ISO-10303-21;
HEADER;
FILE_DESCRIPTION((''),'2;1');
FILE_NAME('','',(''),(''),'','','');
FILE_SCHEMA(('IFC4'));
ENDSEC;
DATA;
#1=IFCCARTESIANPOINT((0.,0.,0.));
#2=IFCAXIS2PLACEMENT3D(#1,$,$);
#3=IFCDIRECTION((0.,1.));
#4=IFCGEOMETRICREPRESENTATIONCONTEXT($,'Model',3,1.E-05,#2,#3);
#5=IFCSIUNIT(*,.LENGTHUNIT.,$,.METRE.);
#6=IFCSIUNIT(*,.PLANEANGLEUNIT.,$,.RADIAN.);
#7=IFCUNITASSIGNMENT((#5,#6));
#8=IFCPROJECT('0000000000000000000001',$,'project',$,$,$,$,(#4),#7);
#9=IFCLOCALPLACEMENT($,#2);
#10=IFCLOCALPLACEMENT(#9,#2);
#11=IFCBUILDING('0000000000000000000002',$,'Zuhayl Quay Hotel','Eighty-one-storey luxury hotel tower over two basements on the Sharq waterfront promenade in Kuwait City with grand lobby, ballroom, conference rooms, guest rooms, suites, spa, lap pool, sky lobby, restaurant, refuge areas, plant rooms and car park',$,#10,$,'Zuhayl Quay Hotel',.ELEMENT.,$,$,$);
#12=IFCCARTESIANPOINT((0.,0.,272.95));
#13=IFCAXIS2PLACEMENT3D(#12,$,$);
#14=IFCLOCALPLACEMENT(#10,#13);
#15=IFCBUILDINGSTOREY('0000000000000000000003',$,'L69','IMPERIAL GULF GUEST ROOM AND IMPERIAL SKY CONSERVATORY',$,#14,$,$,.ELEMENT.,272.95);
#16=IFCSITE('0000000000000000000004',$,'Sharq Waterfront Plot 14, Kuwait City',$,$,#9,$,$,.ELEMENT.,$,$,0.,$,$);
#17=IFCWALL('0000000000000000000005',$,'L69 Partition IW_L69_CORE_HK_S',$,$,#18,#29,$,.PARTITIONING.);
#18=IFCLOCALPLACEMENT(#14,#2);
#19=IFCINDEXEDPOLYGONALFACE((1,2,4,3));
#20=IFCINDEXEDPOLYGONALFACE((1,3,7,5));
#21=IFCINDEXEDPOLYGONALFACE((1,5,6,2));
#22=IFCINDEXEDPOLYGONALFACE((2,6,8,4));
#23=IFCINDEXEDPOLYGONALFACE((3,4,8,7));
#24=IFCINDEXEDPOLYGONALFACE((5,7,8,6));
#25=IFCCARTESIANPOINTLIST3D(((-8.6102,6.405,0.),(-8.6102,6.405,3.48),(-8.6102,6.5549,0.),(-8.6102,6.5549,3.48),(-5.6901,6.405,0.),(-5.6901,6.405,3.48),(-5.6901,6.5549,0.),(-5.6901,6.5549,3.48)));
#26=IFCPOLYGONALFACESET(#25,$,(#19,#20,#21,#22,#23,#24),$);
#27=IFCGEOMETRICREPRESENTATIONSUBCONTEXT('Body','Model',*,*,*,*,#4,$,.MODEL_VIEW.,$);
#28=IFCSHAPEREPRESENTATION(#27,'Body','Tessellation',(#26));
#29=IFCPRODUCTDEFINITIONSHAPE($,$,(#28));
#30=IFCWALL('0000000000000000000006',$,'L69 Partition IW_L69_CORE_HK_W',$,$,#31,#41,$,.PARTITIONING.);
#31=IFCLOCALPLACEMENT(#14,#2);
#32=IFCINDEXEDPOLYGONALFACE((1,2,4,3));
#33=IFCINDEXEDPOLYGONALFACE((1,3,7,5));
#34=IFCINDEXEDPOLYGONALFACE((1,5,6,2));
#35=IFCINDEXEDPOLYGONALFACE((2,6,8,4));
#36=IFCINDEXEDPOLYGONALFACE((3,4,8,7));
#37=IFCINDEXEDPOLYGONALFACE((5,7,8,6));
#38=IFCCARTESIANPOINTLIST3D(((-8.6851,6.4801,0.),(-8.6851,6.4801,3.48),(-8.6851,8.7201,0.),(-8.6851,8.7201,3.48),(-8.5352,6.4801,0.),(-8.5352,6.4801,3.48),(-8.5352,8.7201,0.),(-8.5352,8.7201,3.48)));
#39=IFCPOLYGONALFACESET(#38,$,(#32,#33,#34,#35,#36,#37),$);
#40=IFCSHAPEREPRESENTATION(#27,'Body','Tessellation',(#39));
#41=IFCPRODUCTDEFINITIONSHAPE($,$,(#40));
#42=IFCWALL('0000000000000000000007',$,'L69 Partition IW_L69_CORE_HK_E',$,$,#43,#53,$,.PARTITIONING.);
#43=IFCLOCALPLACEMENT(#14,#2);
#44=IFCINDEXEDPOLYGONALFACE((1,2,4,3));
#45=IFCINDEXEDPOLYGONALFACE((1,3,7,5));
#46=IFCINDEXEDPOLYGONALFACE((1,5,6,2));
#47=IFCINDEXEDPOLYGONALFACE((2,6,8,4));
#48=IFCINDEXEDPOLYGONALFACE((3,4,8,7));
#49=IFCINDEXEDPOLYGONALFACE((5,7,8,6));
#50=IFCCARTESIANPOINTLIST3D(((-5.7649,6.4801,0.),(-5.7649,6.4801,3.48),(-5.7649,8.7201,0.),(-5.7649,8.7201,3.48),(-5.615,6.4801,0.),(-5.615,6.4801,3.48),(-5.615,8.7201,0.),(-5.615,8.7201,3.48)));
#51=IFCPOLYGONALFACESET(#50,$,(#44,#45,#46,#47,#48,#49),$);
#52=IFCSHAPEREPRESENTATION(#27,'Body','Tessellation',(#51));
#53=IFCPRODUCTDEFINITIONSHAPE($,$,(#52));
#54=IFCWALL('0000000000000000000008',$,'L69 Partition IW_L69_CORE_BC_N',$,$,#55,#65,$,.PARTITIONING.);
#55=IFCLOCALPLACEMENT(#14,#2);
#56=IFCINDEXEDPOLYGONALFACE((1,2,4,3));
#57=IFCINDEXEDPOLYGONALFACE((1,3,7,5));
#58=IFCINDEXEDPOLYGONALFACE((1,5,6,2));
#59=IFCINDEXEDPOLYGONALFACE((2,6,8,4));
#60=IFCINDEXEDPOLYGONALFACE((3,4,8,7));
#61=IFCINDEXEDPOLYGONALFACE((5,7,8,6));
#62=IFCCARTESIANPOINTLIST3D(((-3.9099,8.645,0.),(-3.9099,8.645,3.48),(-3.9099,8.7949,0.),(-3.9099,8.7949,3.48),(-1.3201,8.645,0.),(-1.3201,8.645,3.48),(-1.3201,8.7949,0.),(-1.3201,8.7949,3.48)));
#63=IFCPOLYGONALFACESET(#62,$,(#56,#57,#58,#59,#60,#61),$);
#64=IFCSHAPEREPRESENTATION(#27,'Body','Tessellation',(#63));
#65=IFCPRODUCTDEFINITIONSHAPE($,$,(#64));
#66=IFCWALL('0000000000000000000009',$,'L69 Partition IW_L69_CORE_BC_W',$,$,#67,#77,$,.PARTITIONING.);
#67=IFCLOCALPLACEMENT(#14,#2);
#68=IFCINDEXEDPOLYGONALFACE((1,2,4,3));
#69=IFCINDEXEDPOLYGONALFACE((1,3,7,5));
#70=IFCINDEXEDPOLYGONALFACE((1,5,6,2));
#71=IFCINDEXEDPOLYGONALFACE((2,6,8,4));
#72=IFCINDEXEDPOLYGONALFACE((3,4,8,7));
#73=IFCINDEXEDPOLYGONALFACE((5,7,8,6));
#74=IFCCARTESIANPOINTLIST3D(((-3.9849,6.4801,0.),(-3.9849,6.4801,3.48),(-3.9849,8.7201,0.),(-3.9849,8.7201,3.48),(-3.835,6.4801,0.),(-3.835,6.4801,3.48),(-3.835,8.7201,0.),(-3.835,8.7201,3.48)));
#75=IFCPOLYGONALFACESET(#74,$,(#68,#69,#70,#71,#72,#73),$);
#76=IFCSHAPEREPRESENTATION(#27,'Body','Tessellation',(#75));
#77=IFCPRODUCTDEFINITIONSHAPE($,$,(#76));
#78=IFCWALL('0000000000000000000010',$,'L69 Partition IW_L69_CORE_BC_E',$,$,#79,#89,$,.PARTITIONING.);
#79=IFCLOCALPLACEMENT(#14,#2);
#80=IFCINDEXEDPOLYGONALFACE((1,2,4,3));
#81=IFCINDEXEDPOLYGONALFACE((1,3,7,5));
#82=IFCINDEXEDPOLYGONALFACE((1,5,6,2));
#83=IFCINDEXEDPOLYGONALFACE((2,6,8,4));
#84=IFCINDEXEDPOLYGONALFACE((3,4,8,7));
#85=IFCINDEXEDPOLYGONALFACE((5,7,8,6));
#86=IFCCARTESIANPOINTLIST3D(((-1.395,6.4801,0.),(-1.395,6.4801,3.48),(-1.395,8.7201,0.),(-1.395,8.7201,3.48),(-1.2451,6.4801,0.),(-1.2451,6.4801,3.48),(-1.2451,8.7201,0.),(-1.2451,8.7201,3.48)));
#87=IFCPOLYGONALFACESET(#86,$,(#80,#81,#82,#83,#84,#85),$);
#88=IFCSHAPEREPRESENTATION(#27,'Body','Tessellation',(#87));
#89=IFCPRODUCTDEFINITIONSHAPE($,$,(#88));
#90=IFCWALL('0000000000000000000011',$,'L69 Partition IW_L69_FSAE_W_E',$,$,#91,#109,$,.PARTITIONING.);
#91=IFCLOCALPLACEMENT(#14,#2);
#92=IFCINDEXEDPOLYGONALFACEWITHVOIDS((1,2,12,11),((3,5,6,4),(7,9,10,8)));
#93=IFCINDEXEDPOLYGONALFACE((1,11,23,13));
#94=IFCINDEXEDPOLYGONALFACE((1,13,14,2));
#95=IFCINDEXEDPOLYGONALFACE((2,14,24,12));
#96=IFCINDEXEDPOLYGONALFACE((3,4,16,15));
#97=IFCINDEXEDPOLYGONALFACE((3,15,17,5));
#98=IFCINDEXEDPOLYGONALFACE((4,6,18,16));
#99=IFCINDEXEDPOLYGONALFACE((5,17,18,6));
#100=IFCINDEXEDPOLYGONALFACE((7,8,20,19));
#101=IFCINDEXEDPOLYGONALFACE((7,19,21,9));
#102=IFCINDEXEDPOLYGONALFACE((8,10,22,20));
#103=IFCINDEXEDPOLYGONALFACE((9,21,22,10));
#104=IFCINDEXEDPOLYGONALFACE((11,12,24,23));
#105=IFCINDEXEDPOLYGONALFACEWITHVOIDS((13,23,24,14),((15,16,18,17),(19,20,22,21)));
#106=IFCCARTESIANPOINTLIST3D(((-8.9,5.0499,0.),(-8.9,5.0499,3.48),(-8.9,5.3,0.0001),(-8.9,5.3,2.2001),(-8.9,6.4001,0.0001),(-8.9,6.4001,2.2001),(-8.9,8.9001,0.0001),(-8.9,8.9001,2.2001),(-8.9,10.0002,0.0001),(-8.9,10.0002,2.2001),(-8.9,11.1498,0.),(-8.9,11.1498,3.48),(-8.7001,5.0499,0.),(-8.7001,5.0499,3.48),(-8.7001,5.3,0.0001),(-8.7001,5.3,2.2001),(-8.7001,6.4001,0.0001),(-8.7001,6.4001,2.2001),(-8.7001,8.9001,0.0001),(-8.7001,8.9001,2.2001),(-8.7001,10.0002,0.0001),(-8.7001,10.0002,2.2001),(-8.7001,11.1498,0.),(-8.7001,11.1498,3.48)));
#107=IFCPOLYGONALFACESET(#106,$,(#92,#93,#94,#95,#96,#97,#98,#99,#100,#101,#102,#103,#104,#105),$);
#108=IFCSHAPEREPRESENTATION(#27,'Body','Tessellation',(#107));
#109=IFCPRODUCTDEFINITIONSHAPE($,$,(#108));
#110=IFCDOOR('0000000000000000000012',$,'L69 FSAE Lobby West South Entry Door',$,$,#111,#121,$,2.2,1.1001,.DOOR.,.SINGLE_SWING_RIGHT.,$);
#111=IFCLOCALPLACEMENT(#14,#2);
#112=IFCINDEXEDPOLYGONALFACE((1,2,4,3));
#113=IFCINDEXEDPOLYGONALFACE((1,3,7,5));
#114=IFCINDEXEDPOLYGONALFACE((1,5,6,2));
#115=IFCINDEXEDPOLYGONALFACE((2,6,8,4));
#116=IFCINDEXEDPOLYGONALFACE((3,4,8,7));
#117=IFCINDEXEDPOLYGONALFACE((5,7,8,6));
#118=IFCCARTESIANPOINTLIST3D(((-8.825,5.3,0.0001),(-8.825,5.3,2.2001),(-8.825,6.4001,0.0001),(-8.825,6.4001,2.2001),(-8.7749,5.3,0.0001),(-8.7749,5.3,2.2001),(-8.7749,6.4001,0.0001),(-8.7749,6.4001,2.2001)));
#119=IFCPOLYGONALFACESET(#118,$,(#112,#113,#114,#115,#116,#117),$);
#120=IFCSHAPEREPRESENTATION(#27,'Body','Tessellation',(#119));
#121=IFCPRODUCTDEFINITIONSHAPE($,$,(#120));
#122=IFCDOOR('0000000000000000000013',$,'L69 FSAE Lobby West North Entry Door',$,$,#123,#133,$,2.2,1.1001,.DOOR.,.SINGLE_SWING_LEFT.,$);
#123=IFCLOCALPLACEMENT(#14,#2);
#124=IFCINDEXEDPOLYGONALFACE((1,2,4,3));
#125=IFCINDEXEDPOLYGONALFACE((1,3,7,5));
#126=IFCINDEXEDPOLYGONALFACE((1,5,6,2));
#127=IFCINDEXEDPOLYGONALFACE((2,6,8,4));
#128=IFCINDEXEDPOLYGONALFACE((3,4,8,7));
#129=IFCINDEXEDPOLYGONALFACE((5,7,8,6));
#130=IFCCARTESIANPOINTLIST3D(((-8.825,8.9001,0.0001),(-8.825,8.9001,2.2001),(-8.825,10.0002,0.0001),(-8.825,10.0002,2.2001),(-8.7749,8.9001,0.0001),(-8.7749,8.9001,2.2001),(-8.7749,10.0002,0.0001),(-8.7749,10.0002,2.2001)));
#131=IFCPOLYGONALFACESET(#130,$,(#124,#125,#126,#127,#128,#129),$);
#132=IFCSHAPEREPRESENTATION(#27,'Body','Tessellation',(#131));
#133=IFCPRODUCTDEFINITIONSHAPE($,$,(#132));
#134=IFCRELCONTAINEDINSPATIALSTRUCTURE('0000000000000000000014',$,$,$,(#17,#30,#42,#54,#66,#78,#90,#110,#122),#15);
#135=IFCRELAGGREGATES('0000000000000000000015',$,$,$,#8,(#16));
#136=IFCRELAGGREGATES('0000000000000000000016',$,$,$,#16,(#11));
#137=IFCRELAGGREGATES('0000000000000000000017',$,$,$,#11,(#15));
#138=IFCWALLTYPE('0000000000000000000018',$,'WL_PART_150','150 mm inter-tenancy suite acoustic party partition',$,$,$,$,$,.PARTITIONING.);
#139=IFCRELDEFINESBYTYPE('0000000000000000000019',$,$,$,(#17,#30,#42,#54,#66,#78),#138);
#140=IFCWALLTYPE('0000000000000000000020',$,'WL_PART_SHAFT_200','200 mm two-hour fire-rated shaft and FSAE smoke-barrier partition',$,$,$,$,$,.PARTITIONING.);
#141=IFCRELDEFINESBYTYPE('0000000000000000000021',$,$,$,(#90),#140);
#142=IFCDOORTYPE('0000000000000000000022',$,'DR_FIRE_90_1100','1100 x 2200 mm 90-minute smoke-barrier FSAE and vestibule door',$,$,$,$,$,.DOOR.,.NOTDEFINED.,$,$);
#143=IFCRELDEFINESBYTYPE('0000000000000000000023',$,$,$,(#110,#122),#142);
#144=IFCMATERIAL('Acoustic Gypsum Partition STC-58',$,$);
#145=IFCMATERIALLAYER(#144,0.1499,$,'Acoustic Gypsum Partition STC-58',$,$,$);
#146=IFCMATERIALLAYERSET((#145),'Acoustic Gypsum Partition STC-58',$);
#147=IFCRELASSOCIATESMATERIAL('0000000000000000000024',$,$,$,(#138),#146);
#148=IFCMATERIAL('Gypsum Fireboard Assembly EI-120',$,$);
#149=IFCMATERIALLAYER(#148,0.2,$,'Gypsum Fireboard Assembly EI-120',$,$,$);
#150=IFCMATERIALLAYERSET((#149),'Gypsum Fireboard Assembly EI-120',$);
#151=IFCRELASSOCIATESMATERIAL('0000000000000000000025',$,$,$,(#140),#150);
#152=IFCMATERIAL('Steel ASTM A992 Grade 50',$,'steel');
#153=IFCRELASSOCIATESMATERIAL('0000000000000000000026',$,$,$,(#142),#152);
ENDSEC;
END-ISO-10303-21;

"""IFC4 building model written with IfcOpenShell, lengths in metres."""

from ifc_helpers import new_model, si_unit, direction, frame, frame_2d, origin, place, context, subcontext, project, spatial, rectangle, extrude, material, layer, layer_set, type_object, element, fill, save


model = new_model("IFC4")

# Units and contexts
model_context = context("Model", 3, precision=1e-05, world=origin(), true_north=direction((0.0, 1.0)))
body_context = subcontext(model_context, "Body", "Model", "MODEL_VIEW")
ifc_project = project(units=[si_unit("LENGTHUNIT", "METRE"), si_unit("PLANEANGLEUNIT", "RADIAN")], contexts=[model_context])

# Site, building, storey
site_placement = place(None, origin())
site = spatial("IfcSite", under=ifc_project, at=site_placement, Name="Sharq Waterfront Plot 14, Kuwait City", CompositionType="ELEMENT", RefElevation=0.0)
building_placement = place(site_placement, origin())
building = spatial("IfcBuilding", under=site, at=building_placement, Name="Zuhayl Quay Hotel", Description="Eighty-one-storey luxury hotel tower over two basements on the Sharq waterfront promenade in Kuwait City with grand lobby, ballroom, conference rooms, guest rooms, suites, spa, lap pool, sky lobby, restaurant, refuge areas, plant rooms and car park", LongName="Zuhayl Quay Hotel", CompositionType="ELEMENT")
storey_placement = place(building_placement, frame((0.0, 0.0, 272.95)))
storey = spatial("IfcBuildingStorey", under=building, at=storey_placement, Name="L69", Description="IMPERIAL GULF GUEST ROOM AND IMPERIAL SKY CONSERVATORY", CompositionType="ELEMENT", Elevation=272.95)

# Shared definitions
ifc_material_1 = material(Name="Acoustic Gypsum Partition STC-58")
ifc_layer_1 = layer(ifc_material_1, 0.1499, Name="Acoustic Gypsum Partition STC-58")
ifc_layer_set_1 = layer_set([ifc_layer_1], Name="Acoustic Gypsum Partition STC-58")
wall_type_1 = type_object("IfcWallType", Name="WL_PART_150", Description="150 mm inter-tenancy suite acoustic party partition", PredefinedType="PARTITIONING", material=ifc_layer_set_1)
ifc_material_2 = material(Name="Steel ASTM A992 Grade 50", Category="steel")

# Walls
wall_1_placement = place(storey_placement, frame((-8.6101, 6.48, 0.0), z_axis=(0.0, 0.0, 1.0), x_axis=(1.0, 0.0, 0.0)))
element("IfcWall", 1, at=wall_1_placement, inside=storey, type_object=wall_type_1, Name="L69 Partition IW_L69_CORE_HK_S", PredefinedType="PARTITIONING", context=body_context, shape_type="SweptSolid", body=[
    extrude(rectangle(XDim=2.9202, YDim=0.1499, at=frame_2d((1.46, 0.0))), origin(), (0.0, 0.0, 1.0), 3.48),
])
for number, where, z_axis, x_axis, name in (
    (2, (-8.6101, 6.48, 0.0), (0.0, 0.0, 1.0), (0.0, 1.0, 0.0), "L69 Partition IW_L69_CORE_HK_W"),
    (3, (-5.6899, 6.48, 0.0), (0.0, 0.0, 1.0), (0.0, 1.0, 0.0), "L69 Partition IW_L69_CORE_HK_E"),
):
    element("IfcWall", number, at=place(storey_placement, frame(where, z_axis=z_axis, x_axis=x_axis)), inside=storey, type_object=wall_type_1, Name=name, PredefinedType="PARTITIONING", context=body_context, shape_type="SweptSolid", body=[
        extrude(rectangle(XDim=2.24, YDim=0.1499, at=frame_2d((1.1201, 0.0))), origin(), (0.0, 0.0, 1.0), 3.48),
    ])
wall_2_placement = place(storey_placement, frame((-3.9099, 8.72, 0.0), z_axis=(0.0, 0.0, 1.0), x_axis=(1.0, 0.0, 0.0)))
element("IfcWall", 4, at=wall_2_placement, inside=storey, type_object=wall_type_1, Name="L69 Partition IW_L69_CORE_BC_N", PredefinedType="PARTITIONING", context=body_context, shape_type="SweptSolid", body=[
    extrude(rectangle(XDim=2.5898, YDim=0.1499, at=frame_2d((1.2949, 0.0))), origin(), (0.0, 0.0, 1.0), 3.48),
])
for number, where, z_axis, x_axis, name in (
    (5, (-3.9099, 6.48, 0.0), (0.0, 0.0, 1.0), (0.0, 1.0, 0.0), "L69 Partition IW_L69_CORE_BC_W"),
    (6, (-1.3201, 6.48, 0.0), (0.0, 0.0, 1.0), (0.0, 1.0, 0.0), "L69 Partition IW_L69_CORE_BC_E"),
):
    element("IfcWall", number, at=place(storey_placement, frame(where, z_axis=z_axis, x_axis=x_axis)), inside=storey, type_object=wall_type_1, Name=name, PredefinedType="PARTITIONING", context=body_context, shape_type="SweptSolid", body=[
        extrude(rectangle(XDim=2.24, YDim=0.1499, at=frame_2d((1.1201, 0.0))), origin(), (0.0, 0.0, 1.0), 3.48),
    ])

# Wall, openings, doors
ifc_material_3 = material(Name="Gypsum Fireboard Assembly EI-120")
ifc_layer_2 = layer(ifc_material_3, 0.2, Name="Gypsum Fireboard Assembly EI-120")
ifc_layer_set_2 = layer_set([ifc_layer_2], Name="Gypsum Fireboard Assembly EI-120")
wall_type_2 = type_object("IfcWallType", Name="WL_PART_SHAFT_200", Description="200 mm two-hour fire-rated shaft and FSAE smoke-barrier partition", PredefinedType="PARTITIONING", material=ifc_layer_set_2)
wall_3_placement = place(storey_placement, frame((-8.8, 5.05, 0.0), z_axis=(0.0, 0.0, 1.0), x_axis=(0.0, 1.0, 0.0)))
wall_3 = element("IfcWall", 7, at=wall_3_placement, inside=storey, type_object=wall_type_2, Name="L69 Partition IW_L69_FSAE_W_E", PredefinedType="PARTITIONING", context=body_context, shape_type="SweptSolid", body=[
    extrude(rectangle(XDim=6.0999, YDim=0.2, at=frame_2d((3.0498, 0.0))), origin(), (0.0, 0.0, 1.0), 3.48),
])
opening_1_placement = place(wall_3_placement, frame((0.25, 0.0, 0.0)))
opening_1 = element("IfcOpeningElement", 8, at=opening_1_placement, cuts=wall_3, PredefinedType="OPENING", context=body_context, shape_type="SweptSolid", body=[
    extrude(rectangle(XDim=1.1001, YDim=2.2, at=frame_2d((0.55, 1.1001))), frame((0.0, 0.1099, 0.0), z_axis=(0.0, -1.0, 0.0), x_axis=(1.0, 0.0, 0.0)), (0.0, 0.0, 1.0), 0.22),
])
opening_2_placement = place(wall_3_placement, frame((3.8501, 0.0, 0.0)))
opening_2 = element("IfcOpeningElement", 9, at=opening_2_placement, cuts=wall_3, PredefinedType="OPENING", context=body_context, shape_type="SweptSolid", body=[
    extrude(rectangle(XDim=1.1001, YDim=2.2, at=frame_2d((0.55, 1.1001))), frame((0.0, 0.1099, 0.0), z_axis=(0.0, -1.0, 0.0), x_axis=(1.0, 0.0, 0.0)), (0.0, 0.0, 1.0), 0.22),
])
door_type_1 = type_object("IfcDoorType", Name="DR_FIRE_90_1100", Description="1100 x 2200 mm 90-minute smoke-barrier FSAE and vestibule door", OperationType="NOTDEFINED", PredefinedType="DOOR", material=ifc_material_2)
door_1_placement = place(opening_1_placement, origin())
door_1 = element("IfcDoor", 10, at=door_1_placement, inside=storey, type_object=door_type_1, Name="L69 FSAE Lobby West South Entry Door", OperationType="SINGLE_SWING_RIGHT", OverallHeight=2.2, OverallWidth=1.1001, PredefinedType="DOOR", context=body_context, shape_type="SweptSolid", body=[
    extrude(rectangle(XDim=1.1001, YDim=2.2, at=frame_2d((0.55, 1.1001))), frame((0.0, 0.0249, 0.0), z_axis=(0.0, -1.0, 0.0), x_axis=(1.0, 0.0, 0.0)), (0.0, 0.0, 1.0), 0.05),
])
fill(opening_1, door_1)
door_2_placement = place(opening_2_placement, origin())
door_2 = element("IfcDoor", 11, at=door_2_placement, inside=storey, type_object=door_type_1, Name="L69 FSAE Lobby West North Entry Door", OperationType="SINGLE_SWING_LEFT", OverallHeight=2.2, OverallWidth=1.1001, PredefinedType="DOOR", context=body_context, shape_type="SweptSolid", body=[
    extrude(rectangle(XDim=1.1001, YDim=2.2, at=frame_2d((0.55, 1.1001))), frame((0.0, 0.0249, 0.0), z_axis=(0.0, -1.0, 0.0), x_axis=(1.0, 0.0, 0.0)), (0.0, 0.0, 1.0), 0.05),
])
fill(opening_2, door_2)

save(model, "model.ifc")
